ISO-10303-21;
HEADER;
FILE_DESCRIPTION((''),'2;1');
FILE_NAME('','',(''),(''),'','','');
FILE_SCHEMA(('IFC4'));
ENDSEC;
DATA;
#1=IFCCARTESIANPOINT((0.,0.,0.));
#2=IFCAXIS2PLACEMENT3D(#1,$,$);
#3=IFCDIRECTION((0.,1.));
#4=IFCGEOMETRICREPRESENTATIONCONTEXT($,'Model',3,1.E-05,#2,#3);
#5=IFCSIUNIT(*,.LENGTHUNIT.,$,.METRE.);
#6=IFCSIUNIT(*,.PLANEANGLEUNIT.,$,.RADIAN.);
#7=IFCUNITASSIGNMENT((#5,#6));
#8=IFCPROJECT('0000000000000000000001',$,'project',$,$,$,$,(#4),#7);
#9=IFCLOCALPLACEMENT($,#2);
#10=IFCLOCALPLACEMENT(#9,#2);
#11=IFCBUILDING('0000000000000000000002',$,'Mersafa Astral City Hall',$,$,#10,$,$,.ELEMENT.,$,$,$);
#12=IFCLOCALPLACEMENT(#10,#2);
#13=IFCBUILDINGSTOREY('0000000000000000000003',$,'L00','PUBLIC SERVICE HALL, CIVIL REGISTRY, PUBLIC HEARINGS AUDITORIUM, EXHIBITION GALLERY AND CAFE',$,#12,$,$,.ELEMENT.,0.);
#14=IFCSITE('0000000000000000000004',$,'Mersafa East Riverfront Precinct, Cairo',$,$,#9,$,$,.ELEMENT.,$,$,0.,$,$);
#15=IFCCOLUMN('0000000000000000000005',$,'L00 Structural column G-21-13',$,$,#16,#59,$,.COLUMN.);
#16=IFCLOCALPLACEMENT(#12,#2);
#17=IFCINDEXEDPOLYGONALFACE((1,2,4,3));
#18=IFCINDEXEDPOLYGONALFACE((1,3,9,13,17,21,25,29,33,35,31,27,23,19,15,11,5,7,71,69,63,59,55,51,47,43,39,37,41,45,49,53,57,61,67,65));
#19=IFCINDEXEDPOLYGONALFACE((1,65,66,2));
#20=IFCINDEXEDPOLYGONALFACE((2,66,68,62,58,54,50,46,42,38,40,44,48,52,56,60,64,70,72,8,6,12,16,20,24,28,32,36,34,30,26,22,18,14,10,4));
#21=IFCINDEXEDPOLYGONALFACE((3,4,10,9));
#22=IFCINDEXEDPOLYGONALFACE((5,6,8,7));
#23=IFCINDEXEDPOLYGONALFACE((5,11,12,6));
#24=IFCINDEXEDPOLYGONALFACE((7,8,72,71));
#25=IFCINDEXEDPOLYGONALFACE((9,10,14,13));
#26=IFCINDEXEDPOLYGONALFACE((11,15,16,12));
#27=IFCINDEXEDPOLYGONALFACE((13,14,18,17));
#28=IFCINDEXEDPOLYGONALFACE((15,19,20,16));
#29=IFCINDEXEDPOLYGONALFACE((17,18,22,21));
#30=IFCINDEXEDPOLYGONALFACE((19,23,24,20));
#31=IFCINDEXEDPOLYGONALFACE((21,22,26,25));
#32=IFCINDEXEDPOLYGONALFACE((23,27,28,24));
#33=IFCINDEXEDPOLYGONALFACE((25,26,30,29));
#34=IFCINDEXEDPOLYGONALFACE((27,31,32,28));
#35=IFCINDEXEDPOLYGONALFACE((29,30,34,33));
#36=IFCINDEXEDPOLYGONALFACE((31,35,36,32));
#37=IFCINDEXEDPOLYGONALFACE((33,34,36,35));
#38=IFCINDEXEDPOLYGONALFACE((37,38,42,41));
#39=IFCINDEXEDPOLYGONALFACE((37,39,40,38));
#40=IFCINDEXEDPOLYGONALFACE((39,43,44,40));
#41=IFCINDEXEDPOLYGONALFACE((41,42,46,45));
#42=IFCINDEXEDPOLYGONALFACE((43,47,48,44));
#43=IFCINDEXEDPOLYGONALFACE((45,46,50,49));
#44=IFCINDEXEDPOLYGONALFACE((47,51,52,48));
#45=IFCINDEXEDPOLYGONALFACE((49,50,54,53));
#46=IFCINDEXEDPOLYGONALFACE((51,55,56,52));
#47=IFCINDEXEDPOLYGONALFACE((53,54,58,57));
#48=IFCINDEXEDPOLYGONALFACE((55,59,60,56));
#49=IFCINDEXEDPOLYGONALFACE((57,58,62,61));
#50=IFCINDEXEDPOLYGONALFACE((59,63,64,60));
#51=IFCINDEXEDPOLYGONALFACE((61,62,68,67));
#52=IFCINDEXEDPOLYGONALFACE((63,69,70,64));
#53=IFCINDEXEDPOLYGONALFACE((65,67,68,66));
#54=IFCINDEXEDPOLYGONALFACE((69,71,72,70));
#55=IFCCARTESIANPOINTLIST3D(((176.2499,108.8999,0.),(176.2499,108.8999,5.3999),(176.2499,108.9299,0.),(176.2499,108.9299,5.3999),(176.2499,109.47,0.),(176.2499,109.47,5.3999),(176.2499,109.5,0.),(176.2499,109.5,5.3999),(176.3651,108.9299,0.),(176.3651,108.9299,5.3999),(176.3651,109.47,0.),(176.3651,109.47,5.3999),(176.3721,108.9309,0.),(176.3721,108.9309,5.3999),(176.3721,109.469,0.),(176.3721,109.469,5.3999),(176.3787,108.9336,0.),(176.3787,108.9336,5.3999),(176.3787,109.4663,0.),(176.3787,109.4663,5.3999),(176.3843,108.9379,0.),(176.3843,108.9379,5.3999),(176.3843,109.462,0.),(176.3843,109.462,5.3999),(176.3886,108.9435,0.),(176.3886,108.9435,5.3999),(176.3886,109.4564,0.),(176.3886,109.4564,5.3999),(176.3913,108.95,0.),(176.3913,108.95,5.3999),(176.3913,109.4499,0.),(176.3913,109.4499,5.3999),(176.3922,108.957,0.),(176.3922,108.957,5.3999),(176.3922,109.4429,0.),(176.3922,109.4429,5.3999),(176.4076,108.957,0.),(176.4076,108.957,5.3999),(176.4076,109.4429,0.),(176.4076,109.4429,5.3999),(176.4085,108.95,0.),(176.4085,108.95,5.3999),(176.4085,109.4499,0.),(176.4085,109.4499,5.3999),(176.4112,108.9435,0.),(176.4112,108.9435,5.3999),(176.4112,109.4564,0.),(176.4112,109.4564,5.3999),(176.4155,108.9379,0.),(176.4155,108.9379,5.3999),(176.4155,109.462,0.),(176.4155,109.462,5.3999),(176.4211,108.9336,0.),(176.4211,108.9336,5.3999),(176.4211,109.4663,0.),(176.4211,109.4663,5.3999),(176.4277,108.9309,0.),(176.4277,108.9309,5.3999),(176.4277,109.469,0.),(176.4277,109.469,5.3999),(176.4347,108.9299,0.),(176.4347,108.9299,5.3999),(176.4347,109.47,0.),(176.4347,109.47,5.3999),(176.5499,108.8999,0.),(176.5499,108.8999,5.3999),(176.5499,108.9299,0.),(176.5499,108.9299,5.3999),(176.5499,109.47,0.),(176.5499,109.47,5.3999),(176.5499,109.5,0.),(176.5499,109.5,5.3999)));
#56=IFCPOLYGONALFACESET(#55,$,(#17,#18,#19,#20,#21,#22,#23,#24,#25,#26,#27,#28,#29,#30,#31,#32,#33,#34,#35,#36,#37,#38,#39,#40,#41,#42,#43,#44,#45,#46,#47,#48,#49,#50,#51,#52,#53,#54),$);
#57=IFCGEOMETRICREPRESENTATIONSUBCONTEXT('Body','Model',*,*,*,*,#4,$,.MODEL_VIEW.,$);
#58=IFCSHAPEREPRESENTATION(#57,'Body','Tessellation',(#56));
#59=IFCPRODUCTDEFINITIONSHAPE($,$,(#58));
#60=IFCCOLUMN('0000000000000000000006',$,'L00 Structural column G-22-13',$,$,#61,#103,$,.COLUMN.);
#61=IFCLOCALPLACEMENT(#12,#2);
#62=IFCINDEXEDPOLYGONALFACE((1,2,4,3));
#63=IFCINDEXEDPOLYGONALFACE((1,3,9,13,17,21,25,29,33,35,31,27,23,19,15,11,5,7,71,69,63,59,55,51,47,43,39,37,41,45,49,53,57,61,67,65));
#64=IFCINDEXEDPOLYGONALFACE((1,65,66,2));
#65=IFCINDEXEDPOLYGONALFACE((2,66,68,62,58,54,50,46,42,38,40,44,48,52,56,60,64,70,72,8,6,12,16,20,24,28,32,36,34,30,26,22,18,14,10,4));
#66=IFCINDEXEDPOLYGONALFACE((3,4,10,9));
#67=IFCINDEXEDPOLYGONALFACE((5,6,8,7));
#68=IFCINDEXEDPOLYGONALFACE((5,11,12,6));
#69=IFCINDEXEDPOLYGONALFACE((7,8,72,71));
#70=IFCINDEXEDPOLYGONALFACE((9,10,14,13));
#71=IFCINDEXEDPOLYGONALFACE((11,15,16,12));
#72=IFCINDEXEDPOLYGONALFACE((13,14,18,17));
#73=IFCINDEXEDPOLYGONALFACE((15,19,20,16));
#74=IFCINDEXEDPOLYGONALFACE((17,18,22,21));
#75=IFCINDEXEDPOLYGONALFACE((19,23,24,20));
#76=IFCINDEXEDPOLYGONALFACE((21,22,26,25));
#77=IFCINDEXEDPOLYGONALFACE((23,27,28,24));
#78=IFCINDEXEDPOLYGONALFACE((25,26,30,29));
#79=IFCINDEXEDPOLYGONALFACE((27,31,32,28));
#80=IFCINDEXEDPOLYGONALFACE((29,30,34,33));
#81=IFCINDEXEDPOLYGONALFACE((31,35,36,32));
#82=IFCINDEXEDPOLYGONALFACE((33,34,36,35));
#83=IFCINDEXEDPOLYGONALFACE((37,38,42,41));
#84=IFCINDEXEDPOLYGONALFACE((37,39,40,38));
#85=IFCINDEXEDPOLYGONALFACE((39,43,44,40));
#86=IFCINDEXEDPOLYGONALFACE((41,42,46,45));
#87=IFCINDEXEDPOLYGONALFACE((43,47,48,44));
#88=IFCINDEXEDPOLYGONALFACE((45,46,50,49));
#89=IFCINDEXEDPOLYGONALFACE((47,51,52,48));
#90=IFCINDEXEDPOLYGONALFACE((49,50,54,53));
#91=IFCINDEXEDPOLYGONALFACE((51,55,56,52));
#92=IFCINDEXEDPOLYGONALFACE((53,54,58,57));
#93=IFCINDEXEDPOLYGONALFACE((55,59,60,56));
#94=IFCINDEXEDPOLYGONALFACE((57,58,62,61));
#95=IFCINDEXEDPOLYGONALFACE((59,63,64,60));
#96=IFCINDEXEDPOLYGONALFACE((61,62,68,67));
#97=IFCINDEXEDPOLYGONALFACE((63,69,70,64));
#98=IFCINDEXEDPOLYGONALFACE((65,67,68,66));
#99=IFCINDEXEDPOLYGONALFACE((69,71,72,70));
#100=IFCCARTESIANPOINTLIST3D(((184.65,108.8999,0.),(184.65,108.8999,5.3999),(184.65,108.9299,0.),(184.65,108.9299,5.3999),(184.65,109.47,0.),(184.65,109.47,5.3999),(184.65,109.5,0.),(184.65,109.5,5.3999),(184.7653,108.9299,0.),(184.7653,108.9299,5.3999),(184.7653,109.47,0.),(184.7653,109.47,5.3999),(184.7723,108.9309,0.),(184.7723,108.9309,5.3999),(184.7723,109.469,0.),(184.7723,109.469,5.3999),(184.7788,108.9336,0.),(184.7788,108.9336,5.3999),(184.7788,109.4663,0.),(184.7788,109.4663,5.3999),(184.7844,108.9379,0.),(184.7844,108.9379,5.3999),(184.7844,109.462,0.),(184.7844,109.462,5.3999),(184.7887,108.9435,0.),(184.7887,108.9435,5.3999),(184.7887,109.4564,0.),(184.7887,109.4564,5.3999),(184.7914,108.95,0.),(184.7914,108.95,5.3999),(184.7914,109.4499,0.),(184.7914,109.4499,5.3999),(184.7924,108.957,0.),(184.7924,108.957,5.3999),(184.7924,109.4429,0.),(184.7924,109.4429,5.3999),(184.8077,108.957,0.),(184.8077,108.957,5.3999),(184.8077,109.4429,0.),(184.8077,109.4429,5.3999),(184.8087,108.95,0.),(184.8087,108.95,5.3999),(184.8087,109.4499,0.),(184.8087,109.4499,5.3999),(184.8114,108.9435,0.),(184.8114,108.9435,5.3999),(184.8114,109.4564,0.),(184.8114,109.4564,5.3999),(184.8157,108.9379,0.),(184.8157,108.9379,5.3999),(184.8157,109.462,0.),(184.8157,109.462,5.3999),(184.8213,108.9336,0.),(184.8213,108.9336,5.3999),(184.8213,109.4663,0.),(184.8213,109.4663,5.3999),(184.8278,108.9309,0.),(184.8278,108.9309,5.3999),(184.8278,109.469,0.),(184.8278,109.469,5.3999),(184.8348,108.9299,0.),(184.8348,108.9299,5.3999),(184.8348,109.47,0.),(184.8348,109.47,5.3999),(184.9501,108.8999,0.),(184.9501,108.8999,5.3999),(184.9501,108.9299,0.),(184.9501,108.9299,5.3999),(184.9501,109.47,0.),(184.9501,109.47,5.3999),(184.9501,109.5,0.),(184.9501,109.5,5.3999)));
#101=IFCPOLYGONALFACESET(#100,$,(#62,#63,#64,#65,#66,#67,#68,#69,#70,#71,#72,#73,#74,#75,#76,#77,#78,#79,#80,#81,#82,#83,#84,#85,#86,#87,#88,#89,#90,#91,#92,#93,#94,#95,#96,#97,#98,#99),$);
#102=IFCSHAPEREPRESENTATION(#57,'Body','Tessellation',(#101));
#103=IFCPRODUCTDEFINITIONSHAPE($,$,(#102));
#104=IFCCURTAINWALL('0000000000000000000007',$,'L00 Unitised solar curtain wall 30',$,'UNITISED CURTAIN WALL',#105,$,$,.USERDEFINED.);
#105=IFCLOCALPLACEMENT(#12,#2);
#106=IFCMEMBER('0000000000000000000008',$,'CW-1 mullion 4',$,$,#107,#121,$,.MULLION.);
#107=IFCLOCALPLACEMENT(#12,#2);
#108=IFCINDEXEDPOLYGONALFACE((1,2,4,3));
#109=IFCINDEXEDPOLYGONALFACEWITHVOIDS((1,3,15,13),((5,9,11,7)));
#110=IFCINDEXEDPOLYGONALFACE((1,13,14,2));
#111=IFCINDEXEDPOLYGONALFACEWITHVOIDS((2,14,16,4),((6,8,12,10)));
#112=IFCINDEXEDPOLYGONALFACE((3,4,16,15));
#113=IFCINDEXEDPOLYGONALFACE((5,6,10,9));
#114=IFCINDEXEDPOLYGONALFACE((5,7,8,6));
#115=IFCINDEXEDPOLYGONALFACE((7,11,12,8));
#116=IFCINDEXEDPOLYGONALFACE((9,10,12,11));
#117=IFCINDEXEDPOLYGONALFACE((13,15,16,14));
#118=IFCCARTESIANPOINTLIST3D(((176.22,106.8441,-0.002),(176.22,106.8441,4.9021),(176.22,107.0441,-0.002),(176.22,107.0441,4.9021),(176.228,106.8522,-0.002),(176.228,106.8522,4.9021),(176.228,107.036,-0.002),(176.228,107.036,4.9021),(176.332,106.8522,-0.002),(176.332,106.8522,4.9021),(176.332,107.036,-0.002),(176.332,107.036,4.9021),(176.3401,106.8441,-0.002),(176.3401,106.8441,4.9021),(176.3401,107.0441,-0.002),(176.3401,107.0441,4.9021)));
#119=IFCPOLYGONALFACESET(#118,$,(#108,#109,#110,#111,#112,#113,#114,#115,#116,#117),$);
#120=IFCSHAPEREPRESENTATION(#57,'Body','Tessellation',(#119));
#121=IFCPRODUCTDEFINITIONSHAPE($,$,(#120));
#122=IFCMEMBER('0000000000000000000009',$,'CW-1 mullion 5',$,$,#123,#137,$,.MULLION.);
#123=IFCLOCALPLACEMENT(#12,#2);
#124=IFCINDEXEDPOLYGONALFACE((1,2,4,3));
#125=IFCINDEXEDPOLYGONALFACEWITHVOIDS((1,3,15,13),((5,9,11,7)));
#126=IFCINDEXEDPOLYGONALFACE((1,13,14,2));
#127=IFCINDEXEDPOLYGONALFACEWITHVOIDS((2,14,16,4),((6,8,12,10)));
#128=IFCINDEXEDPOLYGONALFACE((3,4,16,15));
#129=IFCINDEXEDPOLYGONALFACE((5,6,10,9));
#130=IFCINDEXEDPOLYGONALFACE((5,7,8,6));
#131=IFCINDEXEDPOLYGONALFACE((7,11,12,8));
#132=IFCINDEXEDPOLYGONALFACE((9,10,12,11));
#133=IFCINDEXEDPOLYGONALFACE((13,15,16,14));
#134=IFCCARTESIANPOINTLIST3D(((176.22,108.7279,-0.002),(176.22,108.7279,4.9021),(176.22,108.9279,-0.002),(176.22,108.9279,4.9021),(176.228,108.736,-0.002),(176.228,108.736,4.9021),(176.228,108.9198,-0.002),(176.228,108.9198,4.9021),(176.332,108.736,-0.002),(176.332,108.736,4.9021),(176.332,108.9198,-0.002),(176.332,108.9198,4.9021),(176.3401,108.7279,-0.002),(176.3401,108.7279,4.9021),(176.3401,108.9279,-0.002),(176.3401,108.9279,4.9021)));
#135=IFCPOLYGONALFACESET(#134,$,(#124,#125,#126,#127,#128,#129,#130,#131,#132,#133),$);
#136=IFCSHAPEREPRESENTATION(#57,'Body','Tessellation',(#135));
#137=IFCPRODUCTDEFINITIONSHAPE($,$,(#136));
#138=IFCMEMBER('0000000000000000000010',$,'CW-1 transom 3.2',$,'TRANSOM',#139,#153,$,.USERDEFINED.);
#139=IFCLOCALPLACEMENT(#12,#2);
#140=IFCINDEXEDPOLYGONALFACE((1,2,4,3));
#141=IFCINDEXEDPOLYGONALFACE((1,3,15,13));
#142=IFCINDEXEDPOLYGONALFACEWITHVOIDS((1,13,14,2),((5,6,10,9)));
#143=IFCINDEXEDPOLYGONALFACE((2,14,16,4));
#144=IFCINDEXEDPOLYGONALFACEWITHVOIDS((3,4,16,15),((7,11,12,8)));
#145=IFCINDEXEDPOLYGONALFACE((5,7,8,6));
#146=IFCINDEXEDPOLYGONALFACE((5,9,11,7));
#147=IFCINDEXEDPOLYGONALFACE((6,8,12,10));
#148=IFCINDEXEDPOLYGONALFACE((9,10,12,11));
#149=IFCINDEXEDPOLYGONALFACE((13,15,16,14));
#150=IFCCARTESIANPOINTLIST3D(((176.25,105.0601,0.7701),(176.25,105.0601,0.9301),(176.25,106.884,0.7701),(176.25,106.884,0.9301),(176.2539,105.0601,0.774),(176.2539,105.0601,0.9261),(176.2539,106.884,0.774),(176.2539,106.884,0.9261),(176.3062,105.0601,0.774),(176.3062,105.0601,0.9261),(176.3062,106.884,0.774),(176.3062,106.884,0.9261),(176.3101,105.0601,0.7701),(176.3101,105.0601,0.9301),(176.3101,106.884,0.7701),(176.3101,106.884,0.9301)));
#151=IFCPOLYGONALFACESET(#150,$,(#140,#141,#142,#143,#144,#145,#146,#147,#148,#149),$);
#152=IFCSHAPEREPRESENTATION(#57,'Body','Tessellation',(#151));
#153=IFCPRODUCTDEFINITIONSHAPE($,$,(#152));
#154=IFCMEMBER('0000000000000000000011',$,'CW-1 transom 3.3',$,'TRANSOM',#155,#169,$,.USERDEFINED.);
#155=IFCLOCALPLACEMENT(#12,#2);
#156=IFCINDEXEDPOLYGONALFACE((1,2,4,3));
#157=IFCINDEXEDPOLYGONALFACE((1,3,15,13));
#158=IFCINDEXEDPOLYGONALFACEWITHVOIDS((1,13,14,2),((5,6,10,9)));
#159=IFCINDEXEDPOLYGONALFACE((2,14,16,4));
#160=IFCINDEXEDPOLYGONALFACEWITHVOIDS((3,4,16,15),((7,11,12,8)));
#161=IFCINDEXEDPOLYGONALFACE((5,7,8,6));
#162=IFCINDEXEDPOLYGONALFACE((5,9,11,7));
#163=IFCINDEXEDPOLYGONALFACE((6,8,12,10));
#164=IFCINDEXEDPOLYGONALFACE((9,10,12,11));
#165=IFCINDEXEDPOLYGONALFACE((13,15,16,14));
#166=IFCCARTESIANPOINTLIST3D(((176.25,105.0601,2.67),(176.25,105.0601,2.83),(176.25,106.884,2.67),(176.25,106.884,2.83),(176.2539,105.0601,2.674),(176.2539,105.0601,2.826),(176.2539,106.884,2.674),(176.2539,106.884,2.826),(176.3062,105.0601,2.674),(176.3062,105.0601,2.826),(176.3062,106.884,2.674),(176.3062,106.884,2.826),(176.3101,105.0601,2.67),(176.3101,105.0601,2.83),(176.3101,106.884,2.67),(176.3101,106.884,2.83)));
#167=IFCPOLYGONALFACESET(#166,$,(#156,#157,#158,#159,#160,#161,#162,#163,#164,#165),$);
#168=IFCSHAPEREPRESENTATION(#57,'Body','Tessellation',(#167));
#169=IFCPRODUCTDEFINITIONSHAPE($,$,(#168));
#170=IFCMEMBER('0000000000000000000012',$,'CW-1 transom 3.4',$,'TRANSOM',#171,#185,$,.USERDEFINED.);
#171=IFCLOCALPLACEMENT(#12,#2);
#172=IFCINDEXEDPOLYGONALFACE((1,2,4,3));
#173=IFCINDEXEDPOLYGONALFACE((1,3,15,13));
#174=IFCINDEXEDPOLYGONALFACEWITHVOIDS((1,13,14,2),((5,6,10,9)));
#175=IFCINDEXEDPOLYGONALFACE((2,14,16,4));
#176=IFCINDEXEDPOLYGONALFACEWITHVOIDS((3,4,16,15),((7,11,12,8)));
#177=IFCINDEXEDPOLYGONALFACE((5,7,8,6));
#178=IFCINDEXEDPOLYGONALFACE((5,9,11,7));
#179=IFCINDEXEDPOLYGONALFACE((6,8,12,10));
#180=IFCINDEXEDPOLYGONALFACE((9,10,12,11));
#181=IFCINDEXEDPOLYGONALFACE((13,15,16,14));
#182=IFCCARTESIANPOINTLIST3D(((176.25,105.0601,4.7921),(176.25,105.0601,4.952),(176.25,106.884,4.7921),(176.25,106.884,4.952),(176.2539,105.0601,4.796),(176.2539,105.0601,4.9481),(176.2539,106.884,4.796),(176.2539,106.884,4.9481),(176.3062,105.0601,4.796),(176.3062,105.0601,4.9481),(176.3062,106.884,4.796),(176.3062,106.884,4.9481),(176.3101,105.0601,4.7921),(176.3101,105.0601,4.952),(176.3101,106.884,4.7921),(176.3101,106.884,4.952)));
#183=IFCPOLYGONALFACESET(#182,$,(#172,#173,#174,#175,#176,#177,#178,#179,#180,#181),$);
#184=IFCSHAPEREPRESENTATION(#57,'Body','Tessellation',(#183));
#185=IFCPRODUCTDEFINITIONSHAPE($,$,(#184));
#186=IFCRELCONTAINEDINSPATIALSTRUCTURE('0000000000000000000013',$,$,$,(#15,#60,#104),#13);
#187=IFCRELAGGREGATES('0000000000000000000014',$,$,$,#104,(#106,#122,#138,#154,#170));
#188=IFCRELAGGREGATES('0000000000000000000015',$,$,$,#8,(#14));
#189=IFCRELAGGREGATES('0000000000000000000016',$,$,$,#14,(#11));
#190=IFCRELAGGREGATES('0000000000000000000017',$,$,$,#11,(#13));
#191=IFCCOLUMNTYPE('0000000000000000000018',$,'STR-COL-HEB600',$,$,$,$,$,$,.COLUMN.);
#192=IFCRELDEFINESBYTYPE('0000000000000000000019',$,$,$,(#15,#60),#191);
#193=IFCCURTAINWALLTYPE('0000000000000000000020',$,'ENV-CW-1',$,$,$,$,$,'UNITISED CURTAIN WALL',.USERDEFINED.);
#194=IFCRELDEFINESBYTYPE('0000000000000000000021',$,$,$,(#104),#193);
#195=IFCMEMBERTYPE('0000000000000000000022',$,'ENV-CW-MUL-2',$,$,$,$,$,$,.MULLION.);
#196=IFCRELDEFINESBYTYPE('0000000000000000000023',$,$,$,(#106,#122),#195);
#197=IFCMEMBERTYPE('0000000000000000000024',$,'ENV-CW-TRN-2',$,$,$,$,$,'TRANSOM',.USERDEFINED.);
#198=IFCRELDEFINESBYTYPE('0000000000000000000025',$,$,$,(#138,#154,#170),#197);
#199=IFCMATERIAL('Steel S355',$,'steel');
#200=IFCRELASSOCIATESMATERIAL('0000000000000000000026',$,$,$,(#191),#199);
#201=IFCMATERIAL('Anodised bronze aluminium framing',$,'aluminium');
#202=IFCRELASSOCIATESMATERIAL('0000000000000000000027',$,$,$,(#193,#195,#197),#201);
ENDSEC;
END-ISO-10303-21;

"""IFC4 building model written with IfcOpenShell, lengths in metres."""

from ifc_helpers import new_model, si_unit, direction, frame, origin, origin_2d, place, context, subcontext, project, spatial, hollow_rectangle, i_section, extrude, material, material_profile, profile_set, type_object, element, aggregate, save


model = new_model("IFC4")

# Units and contexts
model_context = context("Model", 3, precision=1e-05, world=origin(), true_north=direction((0.0, 1.0)))
body_context = subcontext(model_context, "Body", "Model", "MODEL_VIEW")
ifc_project = project(units=[si_unit("LENGTHUNIT", "METRE"), si_unit("PLANEANGLEUNIT", "RADIAN")], contexts=[model_context])

# Site, building, storey
site_placement = place(None, origin())
site = spatial("IfcSite", under=ifc_project, at=site_placement, Name="Mersafa East Riverfront Precinct, Cairo", CompositionType="ELEMENT", RefElevation=0.0)
building_placement = place(site_placement, origin())
building = spatial("IfcBuilding", under=site, at=building_placement, Name="Mersafa Astral City Hall", CompositionType="ELEMENT")
storey_placement = place(building_placement, origin())
storey = spatial("IfcBuildingStorey", under=building, at=storey_placement, Name="L00", Description="PUBLIC SERVICE HALL, CIVIL REGISTRY, PUBLIC HEARINGS AUDITORIUM, EXHIBITION GALLERY AND CAFE", CompositionType="ELEMENT", Elevation=0.0)

# Columns
ifc_material_1 = material(Name="Steel S355", Category="steel")
ifc_material_profile_1 = material_profile(ifc_material_1, i_section(OverallWidth=0.3, OverallDepth=0.6001, WebThickness=0.0154, FlangeThickness=0.03, FilletRadius=0.0271, at=origin_2d()), Name="HEB 600")
ifc_profile_set_1 = profile_set([ifc_material_profile_1], Name="Steel S355")
column_type = type_object("IfcColumnType", Name="STR-COL-HEB600", PredefinedType="COLUMN", material=ifc_profile_set_1)
for number, where, z_axis, x_axis, name in (
    (1, (176.3999, 109.2, 0.0), (0.0, 0.0, 1.0), (1.0, 0.0, 0.0), "L00 Structural column G-21-13"),
    (2, (184.8, 109.2, 0.0), (0.0, 0.0, 1.0), (1.0, 0.0, 0.0), "L00 Structural column G-22-13"),
):
    element("IfcColumn", number, at=place(storey_placement, frame(where, z_axis=z_axis, x_axis=x_axis)), inside=storey, type_object=column_type, Name=name, PredefinedType="COLUMN", context=body_context, shape_type="SweptSolid", body=[
        extrude(i_section(OverallWidth=0.3, OverallDepth=0.6001, WebThickness=0.0154, FlangeThickness=0.03, FilletRadius=0.0271, at=origin_2d()), origin(), (0.0, 0.0, 1.0), 5.3999),
    ])

# Curtain wall, members
ifc_material_2 = material(Name="Anodised bronze aluminium framing", Category="aluminium")
curtain_wall_type = type_object("IfcCurtainWallType", Name="ENV-CW-1", ElementType="UNITISED CURTAIN WALL", PredefinedType="USERDEFINED", material=ifc_material_2)
curtain_wall_placement = place(storey_placement, origin())
curtain_wall = element("IfcCurtainWall", 3, at=curtain_wall_placement, inside=storey, type_object=curtain_wall_type, Name="L00 Unitised solar curtain wall 30", ObjectType="UNITISED CURTAIN WALL", PredefinedType="USERDEFINED")
ifc_material_profile_2 = material_profile(ifc_material_2, hollow_rectangle(XDim=0.1201, YDim=0.2, WallThickness=0.0081, at=origin_2d()), Name="RHS 120x200x8")
ifc_profile_set_2 = profile_set([ifc_material_profile_2], Name="Anodised bronze aluminium framing")
member_type_1 = type_object("IfcMemberType", Name="ENV-CW-MUL-2", PredefinedType="MULLION", material=ifc_profile_set_2)
member_1_placement = place(storey_placement, frame((176.28, 106.9441, -0.002), z_axis=(0.0, 0.0, 1.0), x_axis=(-1.0, 0.0, 0.0)))
member_1 = element("IfcMember", 4, at=member_1_placement, type_object=member_type_1, Name="CW-1 mullion 4", PredefinedType="MULLION", context=body_context, shape_type="SweptSolid", body=[
    extrude(hollow_rectangle(XDim=0.1201, YDim=0.2, WallThickness=0.0081, at=origin_2d()), origin(), (0.0, 0.0, 1.0), 4.9041),
])
member_2_placement = place(storey_placement, frame((176.28, 108.8279, -0.002), z_axis=(0.0, 0.0, 1.0), x_axis=(-1.0, 0.0, 0.0)))
member_2 = element("IfcMember", 5, at=member_2_placement, type_object=member_type_1, Name="CW-1 mullion 5", PredefinedType="MULLION", context=body_context, shape_type="SweptSolid", body=[
    extrude(hollow_rectangle(XDim=0.1201, YDim=0.2, WallThickness=0.0081, at=origin_2d()), origin(), (0.0, 0.0, 1.0), 4.9041),
])
ifc_material_profile_3 = material_profile(ifc_material_2, hollow_rectangle(XDim=0.0601, YDim=0.1599, WallThickness=0.0039, at=origin_2d()), Name="RHS 60x160x4")
ifc_profile_set_3 = profile_set([ifc_material_profile_3], Name="Anodised bronze aluminium framing")
member_type_2 = type_object("IfcMemberType", Name="ENV-CW-TRN-2", ElementType="TRANSOM", PredefinedType="USERDEFINED", material=ifc_profile_set_3)
member_3_placement = place(storey_placement, frame((176.28, 105.0601, 0.8501), z_axis=(0.0, 1.0, 0.0), x_axis=(-1.0, 0.0, 0.0)))
member_3 = element("IfcMember", 6, at=member_3_placement, type_object=member_type_2, Name="CW-1 transom 3.2", ObjectType="TRANSOM", PredefinedType="USERDEFINED", context=body_context, shape_type="SweptSolid", body=[
    extrude(hollow_rectangle(XDim=0.0601, YDim=0.1599, WallThickness=0.0039, at=origin_2d()), origin(), (0.0, 0.0, 1.0), 1.824),
])
member_4_placement = place(storey_placement, frame((176.28, 105.0601, 2.75), z_axis=(0.0, 1.0, 0.0), x_axis=(-1.0, 0.0, 0.0)))
member_4 = element("IfcMember", 7, at=member_4_placement, type_object=member_type_2, Name="CW-1 transom 3.3", ObjectType="TRANSOM", PredefinedType="USERDEFINED", context=body_context, shape_type="SweptSolid", body=[
    extrude(hollow_rectangle(XDim=0.0601, YDim=0.1599, WallThickness=0.0039, at=origin_2d()), origin(), (0.0, 0.0, 1.0), 1.824),
])
member_5_placement = place(storey_placement, frame((176.28, 105.0601, 4.8721), z_axis=(0.0, 1.0, 0.0), x_axis=(-1.0, 0.0, 0.0)))
member_5 = element("IfcMember", 8, at=member_5_placement, type_object=member_type_2, Name="CW-1 transom 3.4", ObjectType="TRANSOM", PredefinedType="USERDEFINED", context=body_context, shape_type="SweptSolid", body=[
    extrude(hollow_rectangle(XDim=0.0601, YDim=0.1599, WallThickness=0.0039, at=origin_2d()), origin(), (0.0, 0.0, 1.0), 1.824),
])

aggregate(curtain_wall, [member_1, member_2, member_3, member_4, member_5])

save(model, "model.ifc")
